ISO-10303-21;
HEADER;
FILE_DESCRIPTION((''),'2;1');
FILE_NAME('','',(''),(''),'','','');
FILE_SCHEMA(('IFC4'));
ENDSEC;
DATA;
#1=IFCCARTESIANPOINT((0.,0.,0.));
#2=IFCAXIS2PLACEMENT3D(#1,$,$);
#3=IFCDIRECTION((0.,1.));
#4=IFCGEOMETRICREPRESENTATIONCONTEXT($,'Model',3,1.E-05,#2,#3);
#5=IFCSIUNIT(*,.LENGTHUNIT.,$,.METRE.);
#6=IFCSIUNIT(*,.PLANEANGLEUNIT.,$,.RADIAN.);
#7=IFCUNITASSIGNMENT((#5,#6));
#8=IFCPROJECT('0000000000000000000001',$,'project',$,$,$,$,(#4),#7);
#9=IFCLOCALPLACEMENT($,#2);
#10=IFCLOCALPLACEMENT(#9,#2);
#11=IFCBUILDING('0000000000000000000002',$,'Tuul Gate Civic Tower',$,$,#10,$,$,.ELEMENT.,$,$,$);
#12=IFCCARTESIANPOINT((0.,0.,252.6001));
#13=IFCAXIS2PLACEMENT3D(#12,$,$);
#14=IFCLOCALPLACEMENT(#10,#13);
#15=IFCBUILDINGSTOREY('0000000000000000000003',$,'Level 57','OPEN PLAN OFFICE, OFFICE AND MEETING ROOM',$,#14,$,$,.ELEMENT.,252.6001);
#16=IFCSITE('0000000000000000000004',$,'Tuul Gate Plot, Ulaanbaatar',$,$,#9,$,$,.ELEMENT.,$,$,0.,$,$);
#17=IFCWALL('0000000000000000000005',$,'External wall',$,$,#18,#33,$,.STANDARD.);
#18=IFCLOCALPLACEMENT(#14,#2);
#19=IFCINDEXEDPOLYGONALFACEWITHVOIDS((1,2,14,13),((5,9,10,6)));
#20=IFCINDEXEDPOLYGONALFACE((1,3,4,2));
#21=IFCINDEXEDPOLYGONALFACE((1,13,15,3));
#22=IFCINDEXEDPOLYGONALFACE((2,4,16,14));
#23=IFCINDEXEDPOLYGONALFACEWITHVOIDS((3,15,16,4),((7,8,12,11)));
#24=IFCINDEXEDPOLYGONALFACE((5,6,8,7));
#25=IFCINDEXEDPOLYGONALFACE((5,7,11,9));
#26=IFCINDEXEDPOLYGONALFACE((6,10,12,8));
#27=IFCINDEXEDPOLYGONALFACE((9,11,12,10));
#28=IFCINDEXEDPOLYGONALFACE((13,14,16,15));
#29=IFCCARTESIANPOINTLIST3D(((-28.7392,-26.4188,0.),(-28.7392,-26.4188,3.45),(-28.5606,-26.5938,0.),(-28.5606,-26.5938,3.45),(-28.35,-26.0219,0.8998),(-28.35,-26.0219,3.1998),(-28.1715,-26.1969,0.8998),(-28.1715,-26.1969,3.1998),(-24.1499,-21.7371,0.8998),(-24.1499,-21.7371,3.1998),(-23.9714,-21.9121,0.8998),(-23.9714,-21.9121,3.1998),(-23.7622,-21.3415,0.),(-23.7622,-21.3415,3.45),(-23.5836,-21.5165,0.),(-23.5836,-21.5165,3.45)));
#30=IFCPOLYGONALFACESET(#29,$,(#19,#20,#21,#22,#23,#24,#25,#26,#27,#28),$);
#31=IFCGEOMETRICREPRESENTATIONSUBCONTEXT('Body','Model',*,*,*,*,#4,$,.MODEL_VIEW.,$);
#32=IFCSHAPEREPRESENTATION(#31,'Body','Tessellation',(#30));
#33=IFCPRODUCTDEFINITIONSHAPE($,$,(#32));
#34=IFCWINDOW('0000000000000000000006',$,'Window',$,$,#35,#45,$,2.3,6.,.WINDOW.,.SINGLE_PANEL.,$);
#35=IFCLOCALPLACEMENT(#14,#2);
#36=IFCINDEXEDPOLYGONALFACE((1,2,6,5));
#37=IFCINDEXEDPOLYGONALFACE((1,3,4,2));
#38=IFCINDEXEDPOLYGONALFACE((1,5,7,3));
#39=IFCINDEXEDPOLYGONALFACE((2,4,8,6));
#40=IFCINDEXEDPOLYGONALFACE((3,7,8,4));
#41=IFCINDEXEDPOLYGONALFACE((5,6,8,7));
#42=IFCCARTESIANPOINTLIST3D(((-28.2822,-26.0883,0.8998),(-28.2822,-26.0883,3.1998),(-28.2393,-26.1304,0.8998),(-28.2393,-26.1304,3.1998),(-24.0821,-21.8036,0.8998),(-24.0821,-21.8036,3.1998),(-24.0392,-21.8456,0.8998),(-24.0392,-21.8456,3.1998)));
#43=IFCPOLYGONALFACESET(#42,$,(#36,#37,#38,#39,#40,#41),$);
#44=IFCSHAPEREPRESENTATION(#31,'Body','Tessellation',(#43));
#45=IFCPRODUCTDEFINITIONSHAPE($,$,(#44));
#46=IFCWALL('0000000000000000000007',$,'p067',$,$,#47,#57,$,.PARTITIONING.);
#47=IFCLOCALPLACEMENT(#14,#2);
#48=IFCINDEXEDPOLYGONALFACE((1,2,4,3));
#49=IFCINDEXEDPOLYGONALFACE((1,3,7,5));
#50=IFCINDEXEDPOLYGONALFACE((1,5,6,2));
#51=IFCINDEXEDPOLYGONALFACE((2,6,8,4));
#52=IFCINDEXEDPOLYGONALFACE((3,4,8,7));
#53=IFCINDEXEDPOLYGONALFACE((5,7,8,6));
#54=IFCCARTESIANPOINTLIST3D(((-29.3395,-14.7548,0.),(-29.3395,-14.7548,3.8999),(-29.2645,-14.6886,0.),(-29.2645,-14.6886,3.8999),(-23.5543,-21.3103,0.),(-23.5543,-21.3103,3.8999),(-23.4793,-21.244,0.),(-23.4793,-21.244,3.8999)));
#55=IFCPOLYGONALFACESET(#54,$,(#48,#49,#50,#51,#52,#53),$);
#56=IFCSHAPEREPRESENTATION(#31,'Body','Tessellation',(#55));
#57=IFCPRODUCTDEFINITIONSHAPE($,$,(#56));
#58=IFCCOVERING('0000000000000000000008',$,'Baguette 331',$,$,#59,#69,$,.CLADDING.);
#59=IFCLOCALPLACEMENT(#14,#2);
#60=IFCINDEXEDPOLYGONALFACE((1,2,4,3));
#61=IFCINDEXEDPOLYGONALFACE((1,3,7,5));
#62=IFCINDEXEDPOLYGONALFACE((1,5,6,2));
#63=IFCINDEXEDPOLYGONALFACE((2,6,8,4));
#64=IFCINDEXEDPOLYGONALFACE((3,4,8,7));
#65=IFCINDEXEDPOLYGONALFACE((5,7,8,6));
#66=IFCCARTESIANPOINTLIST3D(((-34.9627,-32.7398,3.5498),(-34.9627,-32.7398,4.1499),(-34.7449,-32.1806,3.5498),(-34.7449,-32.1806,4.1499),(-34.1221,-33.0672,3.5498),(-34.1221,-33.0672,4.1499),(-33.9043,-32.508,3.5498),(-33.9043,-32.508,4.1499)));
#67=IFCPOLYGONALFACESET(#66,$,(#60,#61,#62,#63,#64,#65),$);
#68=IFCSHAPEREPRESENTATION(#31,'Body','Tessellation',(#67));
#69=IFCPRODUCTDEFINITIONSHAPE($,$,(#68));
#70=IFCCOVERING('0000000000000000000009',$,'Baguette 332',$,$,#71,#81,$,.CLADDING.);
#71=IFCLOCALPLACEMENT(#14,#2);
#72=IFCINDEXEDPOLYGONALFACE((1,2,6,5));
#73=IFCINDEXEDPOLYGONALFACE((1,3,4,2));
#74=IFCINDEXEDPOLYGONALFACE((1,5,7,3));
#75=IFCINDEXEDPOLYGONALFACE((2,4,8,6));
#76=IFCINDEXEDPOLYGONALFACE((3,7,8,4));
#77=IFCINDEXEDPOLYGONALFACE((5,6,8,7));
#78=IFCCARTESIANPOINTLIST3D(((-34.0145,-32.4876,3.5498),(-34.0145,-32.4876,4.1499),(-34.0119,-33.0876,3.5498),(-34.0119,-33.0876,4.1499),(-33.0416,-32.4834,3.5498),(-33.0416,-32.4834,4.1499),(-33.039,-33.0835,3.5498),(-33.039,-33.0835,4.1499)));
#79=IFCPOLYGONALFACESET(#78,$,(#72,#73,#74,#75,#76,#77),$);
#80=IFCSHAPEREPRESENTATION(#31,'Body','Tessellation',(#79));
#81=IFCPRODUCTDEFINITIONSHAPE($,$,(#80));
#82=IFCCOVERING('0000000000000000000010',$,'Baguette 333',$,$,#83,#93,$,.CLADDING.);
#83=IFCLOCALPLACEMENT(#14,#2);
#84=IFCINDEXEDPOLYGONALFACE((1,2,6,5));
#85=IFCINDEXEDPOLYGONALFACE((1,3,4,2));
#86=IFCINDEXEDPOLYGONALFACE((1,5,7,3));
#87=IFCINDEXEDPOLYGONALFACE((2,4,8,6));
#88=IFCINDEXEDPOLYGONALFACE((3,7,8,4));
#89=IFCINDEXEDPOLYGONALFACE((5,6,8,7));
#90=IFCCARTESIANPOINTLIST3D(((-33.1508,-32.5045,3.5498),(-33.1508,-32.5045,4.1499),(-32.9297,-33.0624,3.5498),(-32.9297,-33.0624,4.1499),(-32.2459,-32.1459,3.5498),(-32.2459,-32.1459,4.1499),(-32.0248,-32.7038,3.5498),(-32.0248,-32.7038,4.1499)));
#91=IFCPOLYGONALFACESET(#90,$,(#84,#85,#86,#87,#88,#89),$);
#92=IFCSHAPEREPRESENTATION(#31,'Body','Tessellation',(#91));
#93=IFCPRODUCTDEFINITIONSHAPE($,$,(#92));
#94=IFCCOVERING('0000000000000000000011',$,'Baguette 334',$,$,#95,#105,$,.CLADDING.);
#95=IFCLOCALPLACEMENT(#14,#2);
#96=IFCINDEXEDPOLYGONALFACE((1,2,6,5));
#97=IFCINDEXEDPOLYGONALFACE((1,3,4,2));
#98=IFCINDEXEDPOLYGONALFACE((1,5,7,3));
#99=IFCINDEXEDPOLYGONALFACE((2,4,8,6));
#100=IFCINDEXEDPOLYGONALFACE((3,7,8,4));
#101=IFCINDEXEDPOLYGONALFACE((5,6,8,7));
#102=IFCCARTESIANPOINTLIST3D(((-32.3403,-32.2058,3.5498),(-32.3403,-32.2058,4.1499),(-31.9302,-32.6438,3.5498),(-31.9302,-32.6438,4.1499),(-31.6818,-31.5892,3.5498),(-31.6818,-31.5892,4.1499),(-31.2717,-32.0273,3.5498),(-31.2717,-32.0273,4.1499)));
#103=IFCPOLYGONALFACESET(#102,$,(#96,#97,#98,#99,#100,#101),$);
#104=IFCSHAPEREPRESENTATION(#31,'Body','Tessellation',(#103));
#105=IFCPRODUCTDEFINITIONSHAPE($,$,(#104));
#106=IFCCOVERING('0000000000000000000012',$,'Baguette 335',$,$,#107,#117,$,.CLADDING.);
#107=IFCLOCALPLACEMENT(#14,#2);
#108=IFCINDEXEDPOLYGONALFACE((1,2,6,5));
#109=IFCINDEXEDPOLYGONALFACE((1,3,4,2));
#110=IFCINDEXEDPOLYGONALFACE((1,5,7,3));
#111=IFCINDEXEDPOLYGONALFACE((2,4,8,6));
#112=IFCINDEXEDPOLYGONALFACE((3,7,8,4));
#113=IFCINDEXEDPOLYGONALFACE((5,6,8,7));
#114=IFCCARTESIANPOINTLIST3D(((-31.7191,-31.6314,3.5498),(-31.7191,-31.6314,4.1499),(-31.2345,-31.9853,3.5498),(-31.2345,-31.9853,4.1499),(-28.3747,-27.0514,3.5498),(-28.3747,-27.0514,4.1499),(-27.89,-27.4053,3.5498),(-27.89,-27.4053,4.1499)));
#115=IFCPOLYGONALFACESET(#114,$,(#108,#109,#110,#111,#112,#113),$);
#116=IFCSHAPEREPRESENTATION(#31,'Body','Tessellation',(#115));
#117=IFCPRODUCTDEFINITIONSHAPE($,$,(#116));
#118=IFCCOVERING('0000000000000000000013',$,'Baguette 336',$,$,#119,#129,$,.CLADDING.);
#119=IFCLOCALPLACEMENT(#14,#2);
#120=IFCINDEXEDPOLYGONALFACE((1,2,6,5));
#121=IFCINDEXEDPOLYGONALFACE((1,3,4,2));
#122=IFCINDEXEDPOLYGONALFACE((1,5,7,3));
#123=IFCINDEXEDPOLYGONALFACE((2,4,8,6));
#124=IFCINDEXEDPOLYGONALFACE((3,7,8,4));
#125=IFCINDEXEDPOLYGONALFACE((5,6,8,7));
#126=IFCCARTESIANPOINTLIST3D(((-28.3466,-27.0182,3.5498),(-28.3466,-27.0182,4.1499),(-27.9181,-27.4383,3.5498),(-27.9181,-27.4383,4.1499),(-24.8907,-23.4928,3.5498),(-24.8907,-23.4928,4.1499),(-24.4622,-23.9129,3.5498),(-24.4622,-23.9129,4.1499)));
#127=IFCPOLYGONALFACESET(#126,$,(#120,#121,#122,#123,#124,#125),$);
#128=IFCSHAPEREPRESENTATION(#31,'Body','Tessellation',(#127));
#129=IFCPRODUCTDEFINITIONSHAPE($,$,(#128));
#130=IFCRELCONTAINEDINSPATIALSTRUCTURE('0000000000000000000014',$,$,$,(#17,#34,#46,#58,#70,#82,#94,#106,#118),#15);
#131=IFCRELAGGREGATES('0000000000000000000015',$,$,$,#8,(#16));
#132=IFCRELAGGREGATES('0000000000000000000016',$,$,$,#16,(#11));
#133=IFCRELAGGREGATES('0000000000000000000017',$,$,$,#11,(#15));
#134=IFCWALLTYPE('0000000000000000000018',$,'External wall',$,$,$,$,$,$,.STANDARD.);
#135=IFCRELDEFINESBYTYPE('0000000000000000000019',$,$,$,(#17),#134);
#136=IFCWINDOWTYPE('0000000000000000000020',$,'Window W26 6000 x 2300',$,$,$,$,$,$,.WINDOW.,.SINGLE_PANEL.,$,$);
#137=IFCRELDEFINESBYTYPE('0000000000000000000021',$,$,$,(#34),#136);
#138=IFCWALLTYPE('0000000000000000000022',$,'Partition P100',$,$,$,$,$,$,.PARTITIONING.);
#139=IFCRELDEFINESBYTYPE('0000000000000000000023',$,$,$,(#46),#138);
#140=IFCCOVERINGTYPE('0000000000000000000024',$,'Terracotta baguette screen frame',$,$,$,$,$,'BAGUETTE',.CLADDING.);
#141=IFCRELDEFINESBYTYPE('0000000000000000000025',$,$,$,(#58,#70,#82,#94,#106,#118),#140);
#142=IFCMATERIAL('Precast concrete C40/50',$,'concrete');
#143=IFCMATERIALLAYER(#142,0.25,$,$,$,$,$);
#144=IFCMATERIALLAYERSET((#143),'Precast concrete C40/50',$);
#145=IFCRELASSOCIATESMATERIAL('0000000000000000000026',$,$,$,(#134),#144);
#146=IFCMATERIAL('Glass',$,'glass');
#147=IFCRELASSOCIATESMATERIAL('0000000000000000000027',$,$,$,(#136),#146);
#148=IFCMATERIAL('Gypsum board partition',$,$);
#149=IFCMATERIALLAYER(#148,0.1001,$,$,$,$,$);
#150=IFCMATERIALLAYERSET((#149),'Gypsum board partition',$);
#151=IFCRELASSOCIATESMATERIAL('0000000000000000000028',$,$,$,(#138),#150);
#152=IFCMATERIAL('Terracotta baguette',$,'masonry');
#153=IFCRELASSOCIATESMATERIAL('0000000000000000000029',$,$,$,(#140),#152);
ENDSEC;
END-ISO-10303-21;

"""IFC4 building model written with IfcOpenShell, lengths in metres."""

from ifc_helpers import new_model, si_unit, direction, frame, frame_2d, origin, origin_2d, place, context, subcontext, project, spatial, rectangle, extrude, material, layer, layer_set, material_profile, profile_set, type_object, element, fill, save


model = new_model("IFC4")

# Units and contexts
model_context = context("Model", 3, precision=1e-05, world=origin(), true_north=direction((0.0, 1.0)))
body_context = subcontext(model_context, "Body", "Model", "MODEL_VIEW")
ifc_project = project(units=[si_unit("LENGTHUNIT", "METRE"), si_unit("PLANEANGLEUNIT", "RADIAN")], contexts=[model_context])

# Site, building, storey
site_placement = place(None, origin())
site = spatial("IfcSite", under=ifc_project, at=site_placement, Name="Tuul Gate Plot, Ulaanbaatar", CompositionType="ELEMENT", RefElevation=0.0)
building_placement = place(site_placement, origin())
building = spatial("IfcBuilding", under=site, at=building_placement, Name="Tuul Gate Civic Tower", CompositionType="ELEMENT")
storey_placement = place(building_placement, frame((0.0, 0.0, 252.6001)))
storey = spatial("IfcBuildingStorey", under=building, at=storey_placement, Name="Level 57", Description="OPEN PLAN OFFICE, OFFICE AND MEETING ROOM", CompositionType="ELEMENT", Elevation=252.6001)

# Wall, opening, window
ifc_material_1 = material(Name="Precast concrete C40/50", Category="concrete")
ifc_layer_1 = layer(ifc_material_1, 0.25)
ifc_layer_set_1 = layer_set([ifc_layer_1], Name="Precast concrete C40/50")
wall_type_1 = type_object("IfcWallType", Name="External wall", PredefinedType="STANDARD", material=ifc_layer_set_1)
wall_1_placement = place(storey_placement, frame((-28.6499, -26.5063, 0.0), z_axis=(0.0, 0.0, 1.0), x_axis=(0.700015, 0.714128, 0.0)))
wall_1 = element("IfcWall", 1, at=wall_1_placement, inside=storey, type_object=wall_type_1, Name="External wall", PredefinedType="STANDARD", context=body_context, shape_type="SweptSolid", body=[
    extrude(rectangle(XDim=7.1099, YDim=0.25, at=frame_2d((3.5549, 0.0))), origin(), (0.0, 0.0, 1.0), 3.45),
])
opening_1_placement = place(wall_1_placement, frame((0.5559, 0.0, 0.8999)))
opening_1 = element("IfcOpeningElement", 2, at=opening_1_placement, cuts=wall_1, PredefinedType="OPENING", context=body_context, shape_type="SweptSolid", body=[
    extrude(rectangle(XDim=6.0, YDim=2.3, at=frame_2d((3.0, 1.1499))), frame((0.0, 0.135, 0.0), z_axis=(0.0, -1.0, 0.0), x_axis=(1.0, 0.0, 0.0)), (0.0, 0.0, 1.0), 0.27),
])
ifc_material_2 = material(Name="Glass", Category="glass")
window_type_1 = type_object("IfcWindowType", Name="Window W26 6000 x 2300", PartitioningType="SINGLE_PANEL", PredefinedType="WINDOW", material=ifc_material_2)
window_1_placement = place(opening_1_placement, origin())
window_1 = element("IfcWindow", 3, at=window_1_placement, inside=storey, type_object=window_type_1, Name="Window", OverallHeight=2.3, OverallWidth=6.0, PartitioningType="SINGLE_PANEL", PredefinedType="WINDOW", context=body_context, shape_type="SweptSolid", body=[
    extrude(rectangle(XDim=6.0, YDim=2.3, at=frame_2d((3.0, 1.1499))), frame((0.0, 0.03, 0.0), z_axis=(0.0, -1.0, 0.0), x_axis=(1.0, 0.0, 0.0)), (0.0, 0.0, 1.0), 0.0601),
])
fill(opening_1, window_1)

# Wall
ifc_material_3 = material(Name="Gypsum board partition")
ifc_layer_2 = layer(ifc_material_3, 0.1001)
ifc_layer_set_2 = layer_set([ifc_layer_2], Name="Gypsum board partition")
wall_type_2 = type_object("IfcWallType", Name="Partition P100", PredefinedType="PARTITIONING", material=ifc_layer_set_2)
wall_2_placement = place(storey_placement, frame((-29.302, -14.7217, 0.0), z_axis=(0.0, 0.0, 1.0), x_axis=(0.661684, -0.749783, 0.0)))
element("IfcWall", 4, at=wall_2_placement, inside=storey, type_object=wall_type_2, Name="p067", PredefinedType="PARTITIONING", context=body_context, shape_type="SweptSolid", body=[
    extrude(rectangle(XDim=8.7432, YDim=0.1001, at=frame_2d((4.3716, 0.0))), origin(), (0.0, 0.0, 1.0), 3.8999),
])

# Coverings
ifc_material_4 = material(Name="Terracotta baguette", Category="masonry")
ifc_material_profile_1 = material_profile(ifc_material_4, rectangle(XDim=0.6001, YDim=0.6001, at=origin_2d()), Name="Terracotta baguette screen frame")
ifc_profile_set_1 = profile_set([ifc_material_profile_1], Name="Terracotta baguette")
covering_type = type_object("IfcCoveringType", Name="Terracotta baguette screen frame", ElementType="BAGUETTE", PredefinedType="CLADDING", material=ifc_profile_set_1)
covering_1_placement = place(storey_placement, frame((-34.8538, -32.4602, 3.8499), z_axis=(0.931817, -0.362929, 0.0), x_axis=(0.362929, 0.931817, 0.0)))
element("IfcCovering", 5, at=covering_1_placement, inside=storey, type_object=covering_type, Name="Baguette 331", PredefinedType="CLADDING", context=body_context, shape_type="SweptSolid", body=[
    extrude(rectangle(XDim=0.6001, YDim=0.6001, at=origin_2d()), origin(), (0.0, 0.0, 1.0), 0.9021),
])
covering_2_placement = place(storey_placement, frame((-34.0132, -32.7876, 3.8499), z_axis=(0.999991, 0.004266, 0.0), x_axis=(-0.004266, 0.999991, 0.0)))
element("IfcCovering", 6, at=covering_2_placement, inside=storey, type_object=covering_type, Name="Baguette 332", PredefinedType="CLADDING", context=body_context, shape_type="SweptSolid", body=[
    extrude(rectangle(XDim=0.6001, YDim=0.6001, at=origin_2d()), origin(), (0.0, 0.0, 1.0), 0.9729),
])
covering_3_placement = place(storey_placement, frame((-33.0403, -32.7834, 3.8499), z_axis=(0.929665, 0.368405, 0.0), x_axis=(-0.368405, 0.929665, 0.0)))
element("IfcCovering", 7, at=covering_3_placement, inside=storey, type_object=covering_type, Name="Baguette 333", PredefinedType="CLADDING", context=body_context, shape_type="SweptSolid", body=[
    extrude(rectangle(XDim=0.6001, YDim=0.6001, at=origin_2d()), origin(), (0.0, 0.0, 1.0), 0.9734),
])
covering_4_placement = place(storey_placement, frame((-32.1353, -32.4248, 3.8499), z_axis=(0.730001, 0.683446, 0.0), x_axis=(-0.683446, 0.730001, 0.0)))
element("IfcCovering", 8, at=covering_4_placement, inside=storey, type_object=covering_type, Name="Baguette 334", PredefinedType="CLADDING", context=body_context, shape_type="SweptSolid", body=[
    extrude(rectangle(XDim=0.6001, YDim=0.6001, at=origin_2d()), origin(), (0.0, 0.0, 1.0), 0.9021),
])
covering_5_placement = place(storey_placement, frame((-31.4768, -31.8083, 3.8499), z_axis=(0.589729, 0.807601, 0.0), x_axis=(-0.807601, 0.589729, 0.0)))
element("IfcCovering", 9, at=covering_5_placement, inside=storey, type_object=covering_type, Name="Baguette 335", PredefinedType="CLADDING", context=body_context, shape_type="SweptSolid", body=[
    extrude(rectangle(XDim=0.6001, YDim=0.6001, at=origin_2d()), origin(), (0.0, 0.0, 1.0), 5.6711),
])
covering_6_placement = place(storey_placement, frame((-28.1323, -27.2283, 3.8499), z_axis=(0.700024, 0.714119, 0.0), x_axis=(-0.714119, 0.700024, 0.0)))
element("IfcCovering", 10, at=covering_6_placement, inside=storey, type_object=covering_type, Name="Baguette 336", PredefinedType="CLADDING", context=body_context, shape_type="SweptSolid", body=[
    extrude(rectangle(XDim=0.6001, YDim=0.6001, at=origin_2d()), origin(), (0.0, 0.0, 1.0), 4.9368),
])

save(model, "model.ifc")
